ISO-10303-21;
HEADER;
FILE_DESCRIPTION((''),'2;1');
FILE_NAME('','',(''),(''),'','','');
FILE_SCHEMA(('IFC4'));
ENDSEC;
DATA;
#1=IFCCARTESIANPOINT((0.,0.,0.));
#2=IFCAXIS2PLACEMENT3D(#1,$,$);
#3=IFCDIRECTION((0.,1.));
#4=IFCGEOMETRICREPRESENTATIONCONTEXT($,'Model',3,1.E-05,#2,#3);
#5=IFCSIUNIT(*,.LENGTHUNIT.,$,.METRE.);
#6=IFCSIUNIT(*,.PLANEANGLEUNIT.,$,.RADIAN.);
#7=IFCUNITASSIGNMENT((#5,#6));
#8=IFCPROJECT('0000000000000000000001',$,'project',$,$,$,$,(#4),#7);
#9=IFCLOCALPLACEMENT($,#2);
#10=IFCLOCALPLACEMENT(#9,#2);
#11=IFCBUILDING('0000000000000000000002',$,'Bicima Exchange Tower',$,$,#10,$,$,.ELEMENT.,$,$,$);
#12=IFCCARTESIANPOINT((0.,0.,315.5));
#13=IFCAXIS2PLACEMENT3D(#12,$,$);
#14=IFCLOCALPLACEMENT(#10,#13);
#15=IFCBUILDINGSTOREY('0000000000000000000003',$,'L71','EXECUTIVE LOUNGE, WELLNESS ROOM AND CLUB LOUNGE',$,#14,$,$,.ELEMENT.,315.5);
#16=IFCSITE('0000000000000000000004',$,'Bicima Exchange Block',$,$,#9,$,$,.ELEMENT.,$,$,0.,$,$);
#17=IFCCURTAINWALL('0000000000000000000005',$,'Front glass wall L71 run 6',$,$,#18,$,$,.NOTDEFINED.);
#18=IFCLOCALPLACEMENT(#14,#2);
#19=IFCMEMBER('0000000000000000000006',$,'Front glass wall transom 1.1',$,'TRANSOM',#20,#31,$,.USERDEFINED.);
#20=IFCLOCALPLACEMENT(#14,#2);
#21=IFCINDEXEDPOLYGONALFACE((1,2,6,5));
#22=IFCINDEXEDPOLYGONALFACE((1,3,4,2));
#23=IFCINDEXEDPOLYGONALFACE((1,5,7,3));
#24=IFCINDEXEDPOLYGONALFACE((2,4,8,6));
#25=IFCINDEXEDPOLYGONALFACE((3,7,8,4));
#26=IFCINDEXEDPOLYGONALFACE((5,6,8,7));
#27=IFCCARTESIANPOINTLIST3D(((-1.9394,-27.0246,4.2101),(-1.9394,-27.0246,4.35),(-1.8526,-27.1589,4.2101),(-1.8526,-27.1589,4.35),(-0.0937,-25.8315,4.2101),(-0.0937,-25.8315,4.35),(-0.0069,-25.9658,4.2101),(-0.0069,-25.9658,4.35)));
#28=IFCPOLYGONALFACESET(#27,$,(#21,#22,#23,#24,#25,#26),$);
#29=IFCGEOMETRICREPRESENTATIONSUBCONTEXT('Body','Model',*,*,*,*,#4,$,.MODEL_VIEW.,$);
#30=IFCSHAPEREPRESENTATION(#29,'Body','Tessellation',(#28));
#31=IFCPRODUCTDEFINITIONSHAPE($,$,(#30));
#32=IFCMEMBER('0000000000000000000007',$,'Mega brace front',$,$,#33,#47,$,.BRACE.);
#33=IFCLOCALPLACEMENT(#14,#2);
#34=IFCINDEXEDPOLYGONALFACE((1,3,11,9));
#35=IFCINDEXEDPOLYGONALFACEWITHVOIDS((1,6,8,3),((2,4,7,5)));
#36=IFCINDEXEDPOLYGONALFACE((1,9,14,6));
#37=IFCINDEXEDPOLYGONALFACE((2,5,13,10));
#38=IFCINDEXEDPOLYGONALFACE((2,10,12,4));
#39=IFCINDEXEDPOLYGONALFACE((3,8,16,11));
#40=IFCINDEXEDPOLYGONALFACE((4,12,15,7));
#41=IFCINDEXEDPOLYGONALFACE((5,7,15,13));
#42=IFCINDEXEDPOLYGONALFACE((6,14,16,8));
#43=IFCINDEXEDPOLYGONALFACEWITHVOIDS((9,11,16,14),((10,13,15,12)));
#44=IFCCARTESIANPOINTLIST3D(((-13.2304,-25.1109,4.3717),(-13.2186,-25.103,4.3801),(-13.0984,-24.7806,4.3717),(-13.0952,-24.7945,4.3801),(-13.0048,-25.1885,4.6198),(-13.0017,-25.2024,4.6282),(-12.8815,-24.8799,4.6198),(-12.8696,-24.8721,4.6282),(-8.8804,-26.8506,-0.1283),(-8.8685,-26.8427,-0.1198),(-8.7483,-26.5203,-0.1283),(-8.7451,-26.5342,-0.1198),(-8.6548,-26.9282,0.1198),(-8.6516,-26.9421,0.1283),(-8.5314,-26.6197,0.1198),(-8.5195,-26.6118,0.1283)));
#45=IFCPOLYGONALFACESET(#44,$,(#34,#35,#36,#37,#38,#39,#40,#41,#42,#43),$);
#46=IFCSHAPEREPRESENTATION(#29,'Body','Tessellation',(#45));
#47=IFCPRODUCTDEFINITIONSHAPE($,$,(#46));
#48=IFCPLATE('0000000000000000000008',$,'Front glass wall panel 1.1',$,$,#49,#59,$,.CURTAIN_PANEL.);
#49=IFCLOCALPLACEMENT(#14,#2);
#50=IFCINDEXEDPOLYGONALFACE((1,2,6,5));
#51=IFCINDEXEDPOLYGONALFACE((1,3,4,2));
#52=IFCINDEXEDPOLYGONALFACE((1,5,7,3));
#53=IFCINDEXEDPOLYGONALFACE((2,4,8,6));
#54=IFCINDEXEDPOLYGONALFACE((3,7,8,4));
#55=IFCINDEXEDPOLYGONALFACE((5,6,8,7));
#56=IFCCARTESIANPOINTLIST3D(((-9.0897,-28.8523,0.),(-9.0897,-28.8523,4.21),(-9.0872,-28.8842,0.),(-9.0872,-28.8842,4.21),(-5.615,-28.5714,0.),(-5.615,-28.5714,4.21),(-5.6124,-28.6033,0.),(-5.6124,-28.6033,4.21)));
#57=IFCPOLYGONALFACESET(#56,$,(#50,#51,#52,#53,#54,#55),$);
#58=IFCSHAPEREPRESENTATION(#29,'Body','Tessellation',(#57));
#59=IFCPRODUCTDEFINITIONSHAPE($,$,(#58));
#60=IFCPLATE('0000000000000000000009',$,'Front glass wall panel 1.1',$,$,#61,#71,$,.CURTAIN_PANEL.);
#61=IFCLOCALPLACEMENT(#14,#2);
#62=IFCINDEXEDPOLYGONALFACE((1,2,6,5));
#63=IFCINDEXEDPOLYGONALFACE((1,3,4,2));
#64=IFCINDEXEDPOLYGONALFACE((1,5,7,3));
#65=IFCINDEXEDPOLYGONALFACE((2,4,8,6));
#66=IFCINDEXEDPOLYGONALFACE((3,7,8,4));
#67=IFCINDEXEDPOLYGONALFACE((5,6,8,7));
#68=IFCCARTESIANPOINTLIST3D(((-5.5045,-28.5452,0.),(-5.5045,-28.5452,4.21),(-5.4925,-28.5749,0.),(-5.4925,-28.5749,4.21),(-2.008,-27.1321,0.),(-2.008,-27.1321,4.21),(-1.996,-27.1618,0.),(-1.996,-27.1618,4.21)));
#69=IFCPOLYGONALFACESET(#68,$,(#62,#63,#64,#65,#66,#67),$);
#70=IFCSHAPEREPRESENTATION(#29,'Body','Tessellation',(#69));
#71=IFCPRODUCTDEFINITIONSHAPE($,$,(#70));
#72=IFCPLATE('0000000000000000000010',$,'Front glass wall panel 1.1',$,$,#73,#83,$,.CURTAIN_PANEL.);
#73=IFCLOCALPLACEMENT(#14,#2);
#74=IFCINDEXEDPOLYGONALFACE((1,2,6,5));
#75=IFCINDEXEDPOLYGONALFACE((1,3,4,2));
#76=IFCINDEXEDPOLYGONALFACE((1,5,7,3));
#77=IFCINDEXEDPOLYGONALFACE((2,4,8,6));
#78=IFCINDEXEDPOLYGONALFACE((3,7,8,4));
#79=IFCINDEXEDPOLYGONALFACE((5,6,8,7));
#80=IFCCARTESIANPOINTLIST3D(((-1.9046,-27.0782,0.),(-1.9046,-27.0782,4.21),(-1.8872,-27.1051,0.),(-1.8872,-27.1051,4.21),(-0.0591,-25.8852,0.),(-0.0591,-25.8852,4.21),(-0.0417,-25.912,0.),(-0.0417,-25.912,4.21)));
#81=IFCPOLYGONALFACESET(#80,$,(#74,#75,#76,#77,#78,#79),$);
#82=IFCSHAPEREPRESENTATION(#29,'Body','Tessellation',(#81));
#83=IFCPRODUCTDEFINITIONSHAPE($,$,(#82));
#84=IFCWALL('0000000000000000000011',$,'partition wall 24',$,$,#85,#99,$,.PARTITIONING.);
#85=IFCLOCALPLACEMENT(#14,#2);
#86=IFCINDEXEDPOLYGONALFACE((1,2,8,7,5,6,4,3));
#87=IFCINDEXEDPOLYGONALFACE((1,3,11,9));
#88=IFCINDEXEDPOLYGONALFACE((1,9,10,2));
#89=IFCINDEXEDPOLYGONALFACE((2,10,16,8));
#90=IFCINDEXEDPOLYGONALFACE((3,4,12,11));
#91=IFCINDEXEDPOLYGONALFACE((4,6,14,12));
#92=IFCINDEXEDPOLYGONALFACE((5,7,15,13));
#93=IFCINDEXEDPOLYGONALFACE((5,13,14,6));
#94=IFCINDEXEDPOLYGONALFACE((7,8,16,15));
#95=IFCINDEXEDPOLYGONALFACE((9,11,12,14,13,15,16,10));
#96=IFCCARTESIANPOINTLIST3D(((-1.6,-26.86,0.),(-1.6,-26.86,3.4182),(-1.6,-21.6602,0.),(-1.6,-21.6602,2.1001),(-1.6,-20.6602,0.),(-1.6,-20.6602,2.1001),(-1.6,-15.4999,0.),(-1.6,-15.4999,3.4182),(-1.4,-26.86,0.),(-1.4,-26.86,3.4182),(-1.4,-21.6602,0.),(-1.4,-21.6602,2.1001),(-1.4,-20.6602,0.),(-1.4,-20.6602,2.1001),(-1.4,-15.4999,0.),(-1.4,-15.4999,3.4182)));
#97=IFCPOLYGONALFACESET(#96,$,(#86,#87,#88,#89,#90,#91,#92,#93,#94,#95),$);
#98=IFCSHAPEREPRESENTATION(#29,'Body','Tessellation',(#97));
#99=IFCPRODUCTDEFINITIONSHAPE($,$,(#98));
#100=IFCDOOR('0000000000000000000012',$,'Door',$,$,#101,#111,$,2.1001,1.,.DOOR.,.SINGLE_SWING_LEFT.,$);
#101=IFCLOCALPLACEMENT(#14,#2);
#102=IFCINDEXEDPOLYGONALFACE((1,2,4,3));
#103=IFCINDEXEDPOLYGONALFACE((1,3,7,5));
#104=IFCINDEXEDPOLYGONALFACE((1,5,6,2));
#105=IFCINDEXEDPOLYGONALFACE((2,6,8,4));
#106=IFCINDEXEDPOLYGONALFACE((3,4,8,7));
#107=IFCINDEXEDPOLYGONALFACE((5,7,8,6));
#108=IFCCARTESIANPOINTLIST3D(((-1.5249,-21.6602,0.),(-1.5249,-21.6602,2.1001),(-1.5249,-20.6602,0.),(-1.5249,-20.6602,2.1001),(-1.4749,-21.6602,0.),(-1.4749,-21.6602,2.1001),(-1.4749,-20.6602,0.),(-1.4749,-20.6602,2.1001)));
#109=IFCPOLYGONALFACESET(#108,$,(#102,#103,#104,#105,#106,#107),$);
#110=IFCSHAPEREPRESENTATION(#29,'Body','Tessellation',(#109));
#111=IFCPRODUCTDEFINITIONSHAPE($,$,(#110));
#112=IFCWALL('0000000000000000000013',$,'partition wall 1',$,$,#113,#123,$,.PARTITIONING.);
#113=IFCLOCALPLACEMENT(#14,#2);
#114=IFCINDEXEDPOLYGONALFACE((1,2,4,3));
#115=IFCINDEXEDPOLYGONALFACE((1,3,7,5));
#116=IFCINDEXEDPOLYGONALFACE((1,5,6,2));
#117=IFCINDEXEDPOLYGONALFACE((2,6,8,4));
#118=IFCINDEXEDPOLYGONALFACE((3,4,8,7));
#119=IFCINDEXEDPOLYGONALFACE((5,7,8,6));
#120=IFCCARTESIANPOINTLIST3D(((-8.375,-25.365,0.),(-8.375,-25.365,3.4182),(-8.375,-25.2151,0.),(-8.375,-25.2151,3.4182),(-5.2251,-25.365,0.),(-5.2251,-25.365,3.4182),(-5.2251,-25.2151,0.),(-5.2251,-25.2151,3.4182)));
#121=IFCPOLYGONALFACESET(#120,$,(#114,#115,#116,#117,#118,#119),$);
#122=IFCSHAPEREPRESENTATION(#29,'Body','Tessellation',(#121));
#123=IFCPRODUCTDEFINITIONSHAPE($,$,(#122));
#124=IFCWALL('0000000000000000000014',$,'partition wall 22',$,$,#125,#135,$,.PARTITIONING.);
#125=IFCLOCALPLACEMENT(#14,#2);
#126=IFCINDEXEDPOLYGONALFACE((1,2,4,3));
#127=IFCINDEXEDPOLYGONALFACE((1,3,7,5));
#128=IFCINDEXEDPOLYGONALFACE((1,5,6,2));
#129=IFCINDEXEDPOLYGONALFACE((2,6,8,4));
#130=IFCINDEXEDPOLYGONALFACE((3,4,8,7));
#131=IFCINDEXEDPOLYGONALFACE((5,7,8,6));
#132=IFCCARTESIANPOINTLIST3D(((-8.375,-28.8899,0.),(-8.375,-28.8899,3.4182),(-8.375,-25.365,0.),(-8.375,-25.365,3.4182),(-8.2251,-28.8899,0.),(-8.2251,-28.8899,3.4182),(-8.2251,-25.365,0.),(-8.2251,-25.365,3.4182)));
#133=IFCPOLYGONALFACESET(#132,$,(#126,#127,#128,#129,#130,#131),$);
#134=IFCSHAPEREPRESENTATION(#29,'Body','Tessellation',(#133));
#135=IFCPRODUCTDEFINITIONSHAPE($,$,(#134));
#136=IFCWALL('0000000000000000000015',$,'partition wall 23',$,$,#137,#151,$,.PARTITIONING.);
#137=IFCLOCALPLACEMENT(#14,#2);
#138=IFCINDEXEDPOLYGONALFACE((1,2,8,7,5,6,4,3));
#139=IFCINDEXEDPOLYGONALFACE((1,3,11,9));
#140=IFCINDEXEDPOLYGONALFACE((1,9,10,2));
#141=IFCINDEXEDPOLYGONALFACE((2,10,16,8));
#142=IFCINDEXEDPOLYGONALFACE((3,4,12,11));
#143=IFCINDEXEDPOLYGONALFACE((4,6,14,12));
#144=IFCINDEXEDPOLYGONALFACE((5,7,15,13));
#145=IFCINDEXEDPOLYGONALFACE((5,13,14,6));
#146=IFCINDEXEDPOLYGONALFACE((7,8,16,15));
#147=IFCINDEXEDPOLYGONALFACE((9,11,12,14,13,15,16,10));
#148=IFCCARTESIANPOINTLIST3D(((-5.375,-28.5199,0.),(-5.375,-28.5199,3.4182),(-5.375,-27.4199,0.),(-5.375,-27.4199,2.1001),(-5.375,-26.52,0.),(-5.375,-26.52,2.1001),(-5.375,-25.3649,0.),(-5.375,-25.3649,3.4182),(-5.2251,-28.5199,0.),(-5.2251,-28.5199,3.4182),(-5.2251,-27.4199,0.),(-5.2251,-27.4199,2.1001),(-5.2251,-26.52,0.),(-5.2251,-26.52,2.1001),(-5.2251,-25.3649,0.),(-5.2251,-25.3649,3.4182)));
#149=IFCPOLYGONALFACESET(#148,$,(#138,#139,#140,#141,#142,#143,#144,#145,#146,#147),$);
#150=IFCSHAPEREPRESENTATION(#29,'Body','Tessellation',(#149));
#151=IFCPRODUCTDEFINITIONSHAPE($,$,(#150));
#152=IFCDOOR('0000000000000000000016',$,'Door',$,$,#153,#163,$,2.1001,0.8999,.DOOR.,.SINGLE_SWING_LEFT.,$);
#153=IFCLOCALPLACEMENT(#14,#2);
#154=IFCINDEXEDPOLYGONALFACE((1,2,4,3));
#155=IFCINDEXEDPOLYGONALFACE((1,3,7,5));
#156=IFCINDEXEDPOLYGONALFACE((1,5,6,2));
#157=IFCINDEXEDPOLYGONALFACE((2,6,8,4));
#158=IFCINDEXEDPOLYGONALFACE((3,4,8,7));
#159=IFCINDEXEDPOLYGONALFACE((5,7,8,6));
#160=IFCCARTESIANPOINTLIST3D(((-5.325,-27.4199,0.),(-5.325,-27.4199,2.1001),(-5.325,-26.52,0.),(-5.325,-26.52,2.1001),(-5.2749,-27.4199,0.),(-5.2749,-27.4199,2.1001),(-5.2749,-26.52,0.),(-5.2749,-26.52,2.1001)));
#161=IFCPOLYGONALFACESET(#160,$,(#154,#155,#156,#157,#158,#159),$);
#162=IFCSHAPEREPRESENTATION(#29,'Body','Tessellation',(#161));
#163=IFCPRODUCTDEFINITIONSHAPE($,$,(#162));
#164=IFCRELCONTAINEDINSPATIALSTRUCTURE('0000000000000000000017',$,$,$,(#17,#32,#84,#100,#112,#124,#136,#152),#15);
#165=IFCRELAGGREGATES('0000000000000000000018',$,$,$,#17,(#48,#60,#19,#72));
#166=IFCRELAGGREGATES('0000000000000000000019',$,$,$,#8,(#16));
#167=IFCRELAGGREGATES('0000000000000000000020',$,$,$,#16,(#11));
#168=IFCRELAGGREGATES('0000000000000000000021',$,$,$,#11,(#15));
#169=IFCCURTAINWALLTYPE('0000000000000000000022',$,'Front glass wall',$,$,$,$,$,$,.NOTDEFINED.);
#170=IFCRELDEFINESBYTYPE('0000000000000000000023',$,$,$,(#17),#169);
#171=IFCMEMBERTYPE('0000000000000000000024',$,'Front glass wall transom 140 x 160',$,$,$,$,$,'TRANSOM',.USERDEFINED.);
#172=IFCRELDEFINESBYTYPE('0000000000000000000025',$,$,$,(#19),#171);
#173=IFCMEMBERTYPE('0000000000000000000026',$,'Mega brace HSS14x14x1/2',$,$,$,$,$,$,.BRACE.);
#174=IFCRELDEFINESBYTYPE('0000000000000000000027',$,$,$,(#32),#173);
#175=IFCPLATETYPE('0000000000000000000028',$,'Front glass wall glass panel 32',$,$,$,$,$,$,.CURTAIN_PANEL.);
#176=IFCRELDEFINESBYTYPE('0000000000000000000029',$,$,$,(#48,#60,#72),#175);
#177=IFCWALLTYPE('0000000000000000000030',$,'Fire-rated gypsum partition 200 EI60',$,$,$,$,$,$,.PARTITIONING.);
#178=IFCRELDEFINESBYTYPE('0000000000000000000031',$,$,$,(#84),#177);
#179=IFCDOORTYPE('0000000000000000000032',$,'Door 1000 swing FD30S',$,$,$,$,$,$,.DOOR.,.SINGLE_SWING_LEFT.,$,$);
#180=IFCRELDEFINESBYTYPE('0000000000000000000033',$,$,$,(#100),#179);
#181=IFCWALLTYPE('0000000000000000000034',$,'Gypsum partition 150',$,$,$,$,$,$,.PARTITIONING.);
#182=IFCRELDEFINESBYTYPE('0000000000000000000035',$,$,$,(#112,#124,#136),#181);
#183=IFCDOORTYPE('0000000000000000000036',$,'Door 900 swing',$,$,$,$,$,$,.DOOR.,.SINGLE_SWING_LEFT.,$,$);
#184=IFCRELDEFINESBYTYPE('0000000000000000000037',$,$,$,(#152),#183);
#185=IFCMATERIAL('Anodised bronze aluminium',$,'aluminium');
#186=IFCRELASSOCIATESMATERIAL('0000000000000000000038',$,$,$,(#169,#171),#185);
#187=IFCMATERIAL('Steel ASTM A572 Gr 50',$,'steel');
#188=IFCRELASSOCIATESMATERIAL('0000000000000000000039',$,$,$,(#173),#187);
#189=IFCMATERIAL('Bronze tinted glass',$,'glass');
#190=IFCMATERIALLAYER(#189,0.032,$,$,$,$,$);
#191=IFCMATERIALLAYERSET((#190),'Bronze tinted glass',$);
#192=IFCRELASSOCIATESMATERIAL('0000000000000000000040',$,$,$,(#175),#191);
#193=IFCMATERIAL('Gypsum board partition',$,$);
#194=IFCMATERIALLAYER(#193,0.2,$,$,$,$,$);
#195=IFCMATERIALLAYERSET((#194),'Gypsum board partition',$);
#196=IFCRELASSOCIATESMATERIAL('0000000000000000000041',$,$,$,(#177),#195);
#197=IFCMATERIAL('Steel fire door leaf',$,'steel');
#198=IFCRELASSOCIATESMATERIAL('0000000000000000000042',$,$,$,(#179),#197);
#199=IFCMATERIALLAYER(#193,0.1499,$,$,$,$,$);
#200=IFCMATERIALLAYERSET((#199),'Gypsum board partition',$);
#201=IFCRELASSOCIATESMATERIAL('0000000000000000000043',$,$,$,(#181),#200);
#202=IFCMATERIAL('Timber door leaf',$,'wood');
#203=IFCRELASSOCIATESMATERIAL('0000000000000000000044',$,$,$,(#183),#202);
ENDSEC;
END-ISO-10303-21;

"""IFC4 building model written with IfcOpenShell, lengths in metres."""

from ifc_helpers import new_model, si_unit, direction, frame, frame_2d, origin, origin_2d, place, context, subcontext, project, spatial, rectangle, hollow_rectangle, extrude, material, layer, layer_set, material_profile, profile_set, type_object, element, fill, aggregate, save


model = new_model("IFC4")

# Units and contexts
model_context = context("Model", 3, precision=1e-05, world=origin(), true_north=direction((0.0, 1.0)))
body_context = subcontext(model_context, "Body", "Model", "MODEL_VIEW")
ifc_project = project(units=[si_unit("LENGTHUNIT", "METRE"), si_unit("PLANEANGLEUNIT", "RADIAN")], contexts=[model_context])

# Site, building, storey
site_placement = place(None, origin())
site = spatial("IfcSite", under=ifc_project, at=site_placement, Name="Bicima Exchange Block", CompositionType="ELEMENT", RefElevation=0.0)
building_placement = place(site_placement, origin())
building = spatial("IfcBuilding", under=site, at=building_placement, Name="Bicima Exchange Tower", CompositionType="ELEMENT")
storey_placement = place(building_placement, frame((0.0, 0.0, 315.5)))
storey = spatial("IfcBuildingStorey", under=building, at=storey_placement, Name="L71", Description="EXECUTIVE LOUNGE, WELLNESS ROOM AND CLUB LOUNGE", CompositionType="ELEMENT", Elevation=315.5)

# Curtain wall, member
ifc_material_1 = material(Name="Anodised bronze aluminium", Category="aluminium")
curtain_wall_type = type_object("IfcCurtainWallType", Name="Front glass wall", PredefinedType="NOTDEFINED", material=ifc_material_1)
curtain_wall_placement = place(storey_placement, origin())
curtain_wall = element("IfcCurtainWall", 1, at=curtain_wall_placement, inside=storey, type_object=curtain_wall_type, Name="Front glass wall L71 run 6", PredefinedType="NOTDEFINED")
ifc_material_profile_1 = material_profile(ifc_material_1, rectangle(XDim=0.1599, YDim=0.1399, at=origin_2d()))
ifc_profile_set_1 = profile_set([ifc_material_profile_1], Name="Anodised bronze aluminium")
member_type_1 = type_object("IfcMemberType", Name="Front glass wall transom 140 x 160", ElementType="TRANSOM", PredefinedType="USERDEFINED", material=ifc_profile_set_1)
member_1_placement = place(storey_placement, frame((-1.896, -27.0918, 4.28), z_axis=(0.839811, 0.542878, 0.0), x_axis=(-0.542878, 0.839811, 0.0)))
member_1 = element("IfcMember", 2, at=member_1_placement, type_object=member_type_1, Name="Front glass wall transom 1.1", ObjectType="TRANSOM", PredefinedType="USERDEFINED", context=body_context, shape_type="SweptSolid", body=[
    extrude(rectangle(XDim=0.1599, YDim=0.1399, at=origin_2d()), origin(), (0.0, 0.0, 1.0), 2.1978),
])

# Member
ifc_material_2 = material(Name="Steel ASTM A572 Gr 50", Category="steel")
ifc_material_profile_2 = material_profile(ifc_material_2, hollow_rectangle(XDim=0.3557, YDim=0.3557, WallThickness=0.0117, at=origin_2d()))
ifc_profile_set_2 = profile_set([ifc_material_profile_2], Name="Steel ASTM A572 Gr 50")
member_type_2 = type_object("IfcMemberType", Name="Mega brace HSS14x14x1/2", PredefinedType="BRACE", material=ifc_profile_set_2)
member_2_placement = place(storey_placement, frame((-8.7, -26.7312, 0.0), z_axis=(-0.669642, 0.267812, 0.692717), x_axis=(-0.371337, -0.928498, 0.0)))
element("IfcMember", 3, at=member_2_placement, inside=storey, type_object=member_type_2, Name="Mega brace front", PredefinedType="BRACE", context=body_context, shape_type="SweptSolid", body=[
    extrude(hollow_rectangle(XDim=0.3557, YDim=0.3557, WallThickness=0.0117, at=origin_2d()), origin(), (0.0, 0.0, 1.0), 6.4961),
])

# Plates
ifc_material_3 = material(Name="Bronze tinted glass", Category="glass")
ifc_layer_1 = layer(ifc_material_3, 0.032)
ifc_layer_set_1 = layer_set([ifc_layer_1], Name="Bronze tinted glass")
plate_type = type_object("IfcPlateType", Name="Front glass wall glass panel 32", PredefinedType="CURTAIN_PANEL", material=ifc_layer_set_1)
plate_1_placement = place(storey_placement, frame((-7.3511, -28.7278, 0.0), z_axis=(0.0, 0.0, 1.0), x_axis=(0.996747, 0.080589, 0.0)))
plate_1 = element("IfcPlate", 4, at=plate_1_placement, type_object=plate_type, Name="Front glass wall panel 1.1", PredefinedType="CURTAIN_PANEL", context=body_context, shape_type="SweptSolid", body=[
    extrude(rectangle(XDim=3.4861, YDim=0.032, at=origin_2d()), origin(), (0.0, 0.0, 1.0), 4.21),
])
plate_2_placement = place(storey_placement, frame((-3.7502, -27.8535, 0.0), z_axis=(0.0, 0.0, 1.0), x_axis=(0.927144, 0.374705, 0.0)))
plate_2 = element("IfcPlate", 5, at=plate_2_placement, type_object=plate_type, Name="Front glass wall panel 1.1", PredefinedType="CURTAIN_PANEL", context=body_context, shape_type="SweptSolid", body=[
    extrude(rectangle(XDim=3.7712, YDim=0.032, at=origin_2d()), origin(), (0.0, 0.0, 1.0), 4.21),
])
plate_3_placement = place(storey_placement, frame((-0.9731, -26.4951, 0.0), z_axis=(0.0, 0.0, 1.0), x_axis=(0.839799, 0.542897, 0.0)))
plate_3 = element("IfcPlate", 6, at=plate_3_placement, type_object=plate_type, Name="Front glass wall panel 1.1", PredefinedType="CURTAIN_PANEL", context=body_context, shape_type="SweptSolid", body=[
    extrude(rectangle(XDim=2.1975, YDim=0.032, at=origin_2d()), origin(), (0.0, 0.0, 1.0), 4.21),
])
aggregate(curtain_wall, [plate_1, plate_2, member_1, plate_3])

# Wall, opening, door
ifc_material_4 = material(Name="Gypsum board partition")
ifc_layer_2 = layer(ifc_material_4, 0.2)
ifc_layer_set_2 = layer_set([ifc_layer_2], Name="Gypsum board partition")
wall_type_1 = type_object("IfcWallType", Name="Fire-rated gypsum partition 200 EI60", PredefinedType="PARTITIONING", material=ifc_layer_set_2)
wall_1_placement = place(storey_placement, frame((-1.5, -26.8601, 0.0), z_axis=(0.0, 0.0, 1.0), x_axis=(0.0, 1.0, 0.0)))
wall_1 = element("IfcWall", 7, at=wall_1_placement, inside=storey, type_object=wall_type_1, Name="partition wall 24", PredefinedType="PARTITIONING", context=body_context, shape_type="SweptSolid", body=[
    extrude(rectangle(XDim=11.3601, YDim=0.2, at=frame_2d((5.6802, 0.0))), origin(), (0.0, 0.0, 1.0), 3.4182),
])
opening_1_placement = place(wall_1_placement, frame((5.2, 0.0, 0.0)))
opening_1 = element("IfcOpeningElement", 8, at=opening_1_placement, cuts=wall_1, PredefinedType="OPENING", context=body_context, shape_type="SweptSolid", body=[
    extrude(rectangle(XDim=1.0, YDim=2.1001, at=frame_2d((0.5, 1.05))), frame((0.0, 0.1118, 0.0), z_axis=(0.0, -1.0, 0.0), x_axis=(1.0, 0.0, 0.0)), (0.0, 0.0, 1.0), 0.2239),
])
ifc_material_5 = material(Name="Steel fire door leaf", Category="steel")
door_type_1 = type_object("IfcDoorType", Name="Door 1000 swing FD30S", OperationType="SINGLE_SWING_LEFT", PredefinedType="DOOR", material=ifc_material_5)
door_1_placement = place(opening_1_placement, origin())
door_1 = element("IfcDoor", 9, at=door_1_placement, inside=storey, type_object=door_type_1, Name="Door", OperationType="SINGLE_SWING_LEFT", OverallHeight=2.1001, OverallWidth=1.0, PredefinedType="DOOR", context=body_context, shape_type="SweptSolid", body=[
    extrude(rectangle(XDim=1.0, YDim=2.1001, at=frame_2d((0.5, 1.05))), frame((0.0, 0.0249, 0.0), z_axis=(0.0, -1.0, 0.0), x_axis=(1.0, 0.0, 0.0)), (0.0, 0.0, 1.0), 0.05),
])
fill(opening_1, door_1)

# Walls
ifc_layer_3 = layer(ifc_material_4, 0.1499)
ifc_layer_set_3 = layer_set([ifc_layer_3], Name="Gypsum board partition")
wall_type_2 = type_object("IfcWallType", Name="Gypsum partition 150", PredefinedType="PARTITIONING", material=ifc_layer_set_3)
wall_2_placement = place(storey_placement, frame((-8.375, -25.29, 0.0), z_axis=(0.0, 0.0, 1.0), x_axis=(1.0, 0.0, 0.0)))
element("IfcWall", 10, at=wall_2_placement, inside=storey, type_object=wall_type_2, Name="partition wall 1", PredefinedType="PARTITIONING", context=body_context, shape_type="SweptSolid", body=[
    extrude(rectangle(XDim=3.1499, YDim=0.1499, at=frame_2d((1.575, 0.0))), origin(), (0.0, 0.0, 1.0), 3.4182),
])
wall_3_placement = place(storey_placement, frame((-8.3, -28.8899, 0.0), z_axis=(0.0, 0.0, 1.0), x_axis=(0.0, 1.0, 0.0)))
element("IfcWall", 11, at=wall_3_placement, inside=storey, type_object=wall_type_2, Name="partition wall 22", PredefinedType="PARTITIONING", context=body_context, shape_type="SweptSolid", body=[
    extrude(rectangle(XDim=3.5249, YDim=0.1499, at=frame_2d((1.7625, 0.0))), origin(), (0.0, 0.0, 1.0), 3.4182),
])

# Wall, opening, door
wall_4_placement = place(storey_placement, frame((-5.3, -28.52, 0.0), z_axis=(0.0, 0.0, 1.0), x_axis=(0.0, 1.0, 0.0)))
wall_4 = element("IfcWall", 12, at=wall_4_placement, inside=storey, type_object=wall_type_2, Name="partition wall 23", PredefinedType="PARTITIONING", context=body_context, shape_type="SweptSolid", body=[
    extrude(rectangle(XDim=3.155, YDim=0.1499, at=frame_2d((1.5776, 0.0))), origin(), (0.0, 0.0, 1.0), 3.4182),
])
opening_2_placement = place(wall_4_placement, frame((1.1001, 0.0, 0.0)))
opening_2 = element("IfcOpeningElement", 13, at=opening_2_placement, cuts=wall_4, PredefinedType="OPENING", context=body_context, shape_type="SweptSolid", body=[
    extrude(rectangle(XDim=0.8999, YDim=2.1001, at=frame_2d((0.45, 1.05))), frame((0.0, 0.0869, 0.0), z_axis=(0.0, -1.0, 0.0), x_axis=(1.0, 0.0, 0.0)), (0.0, 0.0, 1.0), 0.1738),
])
ifc_material_6 = material(Name="Timber door leaf", Category="wood")
door_type_2 = type_object("IfcDoorType", Name="Door 900 swing", OperationType="SINGLE_SWING_LEFT", PredefinedType="DOOR", material=ifc_material_6)
door_2_placement = place(opening_2_placement, origin())
door_2 = element("IfcDoor", 14, at=door_2_placement, inside=storey, type_object=door_type_2, Name="Door", OperationType="SINGLE_SWING_LEFT", OverallHeight=2.1001, OverallWidth=0.8999, PredefinedType="DOOR", context=body_context, shape_type="SweptSolid", body=[
    extrude(rectangle(XDim=0.8999, YDim=2.1001, at=frame_2d((0.45, 1.05))), frame((0.0, 0.0249, 0.0), z_axis=(0.0, -1.0, 0.0), x_axis=(1.0, 0.0, 0.0)), (0.0, 0.0, 1.0), 0.05),
])
fill(opening_2, door_2)

save(model, "model.ifc")
